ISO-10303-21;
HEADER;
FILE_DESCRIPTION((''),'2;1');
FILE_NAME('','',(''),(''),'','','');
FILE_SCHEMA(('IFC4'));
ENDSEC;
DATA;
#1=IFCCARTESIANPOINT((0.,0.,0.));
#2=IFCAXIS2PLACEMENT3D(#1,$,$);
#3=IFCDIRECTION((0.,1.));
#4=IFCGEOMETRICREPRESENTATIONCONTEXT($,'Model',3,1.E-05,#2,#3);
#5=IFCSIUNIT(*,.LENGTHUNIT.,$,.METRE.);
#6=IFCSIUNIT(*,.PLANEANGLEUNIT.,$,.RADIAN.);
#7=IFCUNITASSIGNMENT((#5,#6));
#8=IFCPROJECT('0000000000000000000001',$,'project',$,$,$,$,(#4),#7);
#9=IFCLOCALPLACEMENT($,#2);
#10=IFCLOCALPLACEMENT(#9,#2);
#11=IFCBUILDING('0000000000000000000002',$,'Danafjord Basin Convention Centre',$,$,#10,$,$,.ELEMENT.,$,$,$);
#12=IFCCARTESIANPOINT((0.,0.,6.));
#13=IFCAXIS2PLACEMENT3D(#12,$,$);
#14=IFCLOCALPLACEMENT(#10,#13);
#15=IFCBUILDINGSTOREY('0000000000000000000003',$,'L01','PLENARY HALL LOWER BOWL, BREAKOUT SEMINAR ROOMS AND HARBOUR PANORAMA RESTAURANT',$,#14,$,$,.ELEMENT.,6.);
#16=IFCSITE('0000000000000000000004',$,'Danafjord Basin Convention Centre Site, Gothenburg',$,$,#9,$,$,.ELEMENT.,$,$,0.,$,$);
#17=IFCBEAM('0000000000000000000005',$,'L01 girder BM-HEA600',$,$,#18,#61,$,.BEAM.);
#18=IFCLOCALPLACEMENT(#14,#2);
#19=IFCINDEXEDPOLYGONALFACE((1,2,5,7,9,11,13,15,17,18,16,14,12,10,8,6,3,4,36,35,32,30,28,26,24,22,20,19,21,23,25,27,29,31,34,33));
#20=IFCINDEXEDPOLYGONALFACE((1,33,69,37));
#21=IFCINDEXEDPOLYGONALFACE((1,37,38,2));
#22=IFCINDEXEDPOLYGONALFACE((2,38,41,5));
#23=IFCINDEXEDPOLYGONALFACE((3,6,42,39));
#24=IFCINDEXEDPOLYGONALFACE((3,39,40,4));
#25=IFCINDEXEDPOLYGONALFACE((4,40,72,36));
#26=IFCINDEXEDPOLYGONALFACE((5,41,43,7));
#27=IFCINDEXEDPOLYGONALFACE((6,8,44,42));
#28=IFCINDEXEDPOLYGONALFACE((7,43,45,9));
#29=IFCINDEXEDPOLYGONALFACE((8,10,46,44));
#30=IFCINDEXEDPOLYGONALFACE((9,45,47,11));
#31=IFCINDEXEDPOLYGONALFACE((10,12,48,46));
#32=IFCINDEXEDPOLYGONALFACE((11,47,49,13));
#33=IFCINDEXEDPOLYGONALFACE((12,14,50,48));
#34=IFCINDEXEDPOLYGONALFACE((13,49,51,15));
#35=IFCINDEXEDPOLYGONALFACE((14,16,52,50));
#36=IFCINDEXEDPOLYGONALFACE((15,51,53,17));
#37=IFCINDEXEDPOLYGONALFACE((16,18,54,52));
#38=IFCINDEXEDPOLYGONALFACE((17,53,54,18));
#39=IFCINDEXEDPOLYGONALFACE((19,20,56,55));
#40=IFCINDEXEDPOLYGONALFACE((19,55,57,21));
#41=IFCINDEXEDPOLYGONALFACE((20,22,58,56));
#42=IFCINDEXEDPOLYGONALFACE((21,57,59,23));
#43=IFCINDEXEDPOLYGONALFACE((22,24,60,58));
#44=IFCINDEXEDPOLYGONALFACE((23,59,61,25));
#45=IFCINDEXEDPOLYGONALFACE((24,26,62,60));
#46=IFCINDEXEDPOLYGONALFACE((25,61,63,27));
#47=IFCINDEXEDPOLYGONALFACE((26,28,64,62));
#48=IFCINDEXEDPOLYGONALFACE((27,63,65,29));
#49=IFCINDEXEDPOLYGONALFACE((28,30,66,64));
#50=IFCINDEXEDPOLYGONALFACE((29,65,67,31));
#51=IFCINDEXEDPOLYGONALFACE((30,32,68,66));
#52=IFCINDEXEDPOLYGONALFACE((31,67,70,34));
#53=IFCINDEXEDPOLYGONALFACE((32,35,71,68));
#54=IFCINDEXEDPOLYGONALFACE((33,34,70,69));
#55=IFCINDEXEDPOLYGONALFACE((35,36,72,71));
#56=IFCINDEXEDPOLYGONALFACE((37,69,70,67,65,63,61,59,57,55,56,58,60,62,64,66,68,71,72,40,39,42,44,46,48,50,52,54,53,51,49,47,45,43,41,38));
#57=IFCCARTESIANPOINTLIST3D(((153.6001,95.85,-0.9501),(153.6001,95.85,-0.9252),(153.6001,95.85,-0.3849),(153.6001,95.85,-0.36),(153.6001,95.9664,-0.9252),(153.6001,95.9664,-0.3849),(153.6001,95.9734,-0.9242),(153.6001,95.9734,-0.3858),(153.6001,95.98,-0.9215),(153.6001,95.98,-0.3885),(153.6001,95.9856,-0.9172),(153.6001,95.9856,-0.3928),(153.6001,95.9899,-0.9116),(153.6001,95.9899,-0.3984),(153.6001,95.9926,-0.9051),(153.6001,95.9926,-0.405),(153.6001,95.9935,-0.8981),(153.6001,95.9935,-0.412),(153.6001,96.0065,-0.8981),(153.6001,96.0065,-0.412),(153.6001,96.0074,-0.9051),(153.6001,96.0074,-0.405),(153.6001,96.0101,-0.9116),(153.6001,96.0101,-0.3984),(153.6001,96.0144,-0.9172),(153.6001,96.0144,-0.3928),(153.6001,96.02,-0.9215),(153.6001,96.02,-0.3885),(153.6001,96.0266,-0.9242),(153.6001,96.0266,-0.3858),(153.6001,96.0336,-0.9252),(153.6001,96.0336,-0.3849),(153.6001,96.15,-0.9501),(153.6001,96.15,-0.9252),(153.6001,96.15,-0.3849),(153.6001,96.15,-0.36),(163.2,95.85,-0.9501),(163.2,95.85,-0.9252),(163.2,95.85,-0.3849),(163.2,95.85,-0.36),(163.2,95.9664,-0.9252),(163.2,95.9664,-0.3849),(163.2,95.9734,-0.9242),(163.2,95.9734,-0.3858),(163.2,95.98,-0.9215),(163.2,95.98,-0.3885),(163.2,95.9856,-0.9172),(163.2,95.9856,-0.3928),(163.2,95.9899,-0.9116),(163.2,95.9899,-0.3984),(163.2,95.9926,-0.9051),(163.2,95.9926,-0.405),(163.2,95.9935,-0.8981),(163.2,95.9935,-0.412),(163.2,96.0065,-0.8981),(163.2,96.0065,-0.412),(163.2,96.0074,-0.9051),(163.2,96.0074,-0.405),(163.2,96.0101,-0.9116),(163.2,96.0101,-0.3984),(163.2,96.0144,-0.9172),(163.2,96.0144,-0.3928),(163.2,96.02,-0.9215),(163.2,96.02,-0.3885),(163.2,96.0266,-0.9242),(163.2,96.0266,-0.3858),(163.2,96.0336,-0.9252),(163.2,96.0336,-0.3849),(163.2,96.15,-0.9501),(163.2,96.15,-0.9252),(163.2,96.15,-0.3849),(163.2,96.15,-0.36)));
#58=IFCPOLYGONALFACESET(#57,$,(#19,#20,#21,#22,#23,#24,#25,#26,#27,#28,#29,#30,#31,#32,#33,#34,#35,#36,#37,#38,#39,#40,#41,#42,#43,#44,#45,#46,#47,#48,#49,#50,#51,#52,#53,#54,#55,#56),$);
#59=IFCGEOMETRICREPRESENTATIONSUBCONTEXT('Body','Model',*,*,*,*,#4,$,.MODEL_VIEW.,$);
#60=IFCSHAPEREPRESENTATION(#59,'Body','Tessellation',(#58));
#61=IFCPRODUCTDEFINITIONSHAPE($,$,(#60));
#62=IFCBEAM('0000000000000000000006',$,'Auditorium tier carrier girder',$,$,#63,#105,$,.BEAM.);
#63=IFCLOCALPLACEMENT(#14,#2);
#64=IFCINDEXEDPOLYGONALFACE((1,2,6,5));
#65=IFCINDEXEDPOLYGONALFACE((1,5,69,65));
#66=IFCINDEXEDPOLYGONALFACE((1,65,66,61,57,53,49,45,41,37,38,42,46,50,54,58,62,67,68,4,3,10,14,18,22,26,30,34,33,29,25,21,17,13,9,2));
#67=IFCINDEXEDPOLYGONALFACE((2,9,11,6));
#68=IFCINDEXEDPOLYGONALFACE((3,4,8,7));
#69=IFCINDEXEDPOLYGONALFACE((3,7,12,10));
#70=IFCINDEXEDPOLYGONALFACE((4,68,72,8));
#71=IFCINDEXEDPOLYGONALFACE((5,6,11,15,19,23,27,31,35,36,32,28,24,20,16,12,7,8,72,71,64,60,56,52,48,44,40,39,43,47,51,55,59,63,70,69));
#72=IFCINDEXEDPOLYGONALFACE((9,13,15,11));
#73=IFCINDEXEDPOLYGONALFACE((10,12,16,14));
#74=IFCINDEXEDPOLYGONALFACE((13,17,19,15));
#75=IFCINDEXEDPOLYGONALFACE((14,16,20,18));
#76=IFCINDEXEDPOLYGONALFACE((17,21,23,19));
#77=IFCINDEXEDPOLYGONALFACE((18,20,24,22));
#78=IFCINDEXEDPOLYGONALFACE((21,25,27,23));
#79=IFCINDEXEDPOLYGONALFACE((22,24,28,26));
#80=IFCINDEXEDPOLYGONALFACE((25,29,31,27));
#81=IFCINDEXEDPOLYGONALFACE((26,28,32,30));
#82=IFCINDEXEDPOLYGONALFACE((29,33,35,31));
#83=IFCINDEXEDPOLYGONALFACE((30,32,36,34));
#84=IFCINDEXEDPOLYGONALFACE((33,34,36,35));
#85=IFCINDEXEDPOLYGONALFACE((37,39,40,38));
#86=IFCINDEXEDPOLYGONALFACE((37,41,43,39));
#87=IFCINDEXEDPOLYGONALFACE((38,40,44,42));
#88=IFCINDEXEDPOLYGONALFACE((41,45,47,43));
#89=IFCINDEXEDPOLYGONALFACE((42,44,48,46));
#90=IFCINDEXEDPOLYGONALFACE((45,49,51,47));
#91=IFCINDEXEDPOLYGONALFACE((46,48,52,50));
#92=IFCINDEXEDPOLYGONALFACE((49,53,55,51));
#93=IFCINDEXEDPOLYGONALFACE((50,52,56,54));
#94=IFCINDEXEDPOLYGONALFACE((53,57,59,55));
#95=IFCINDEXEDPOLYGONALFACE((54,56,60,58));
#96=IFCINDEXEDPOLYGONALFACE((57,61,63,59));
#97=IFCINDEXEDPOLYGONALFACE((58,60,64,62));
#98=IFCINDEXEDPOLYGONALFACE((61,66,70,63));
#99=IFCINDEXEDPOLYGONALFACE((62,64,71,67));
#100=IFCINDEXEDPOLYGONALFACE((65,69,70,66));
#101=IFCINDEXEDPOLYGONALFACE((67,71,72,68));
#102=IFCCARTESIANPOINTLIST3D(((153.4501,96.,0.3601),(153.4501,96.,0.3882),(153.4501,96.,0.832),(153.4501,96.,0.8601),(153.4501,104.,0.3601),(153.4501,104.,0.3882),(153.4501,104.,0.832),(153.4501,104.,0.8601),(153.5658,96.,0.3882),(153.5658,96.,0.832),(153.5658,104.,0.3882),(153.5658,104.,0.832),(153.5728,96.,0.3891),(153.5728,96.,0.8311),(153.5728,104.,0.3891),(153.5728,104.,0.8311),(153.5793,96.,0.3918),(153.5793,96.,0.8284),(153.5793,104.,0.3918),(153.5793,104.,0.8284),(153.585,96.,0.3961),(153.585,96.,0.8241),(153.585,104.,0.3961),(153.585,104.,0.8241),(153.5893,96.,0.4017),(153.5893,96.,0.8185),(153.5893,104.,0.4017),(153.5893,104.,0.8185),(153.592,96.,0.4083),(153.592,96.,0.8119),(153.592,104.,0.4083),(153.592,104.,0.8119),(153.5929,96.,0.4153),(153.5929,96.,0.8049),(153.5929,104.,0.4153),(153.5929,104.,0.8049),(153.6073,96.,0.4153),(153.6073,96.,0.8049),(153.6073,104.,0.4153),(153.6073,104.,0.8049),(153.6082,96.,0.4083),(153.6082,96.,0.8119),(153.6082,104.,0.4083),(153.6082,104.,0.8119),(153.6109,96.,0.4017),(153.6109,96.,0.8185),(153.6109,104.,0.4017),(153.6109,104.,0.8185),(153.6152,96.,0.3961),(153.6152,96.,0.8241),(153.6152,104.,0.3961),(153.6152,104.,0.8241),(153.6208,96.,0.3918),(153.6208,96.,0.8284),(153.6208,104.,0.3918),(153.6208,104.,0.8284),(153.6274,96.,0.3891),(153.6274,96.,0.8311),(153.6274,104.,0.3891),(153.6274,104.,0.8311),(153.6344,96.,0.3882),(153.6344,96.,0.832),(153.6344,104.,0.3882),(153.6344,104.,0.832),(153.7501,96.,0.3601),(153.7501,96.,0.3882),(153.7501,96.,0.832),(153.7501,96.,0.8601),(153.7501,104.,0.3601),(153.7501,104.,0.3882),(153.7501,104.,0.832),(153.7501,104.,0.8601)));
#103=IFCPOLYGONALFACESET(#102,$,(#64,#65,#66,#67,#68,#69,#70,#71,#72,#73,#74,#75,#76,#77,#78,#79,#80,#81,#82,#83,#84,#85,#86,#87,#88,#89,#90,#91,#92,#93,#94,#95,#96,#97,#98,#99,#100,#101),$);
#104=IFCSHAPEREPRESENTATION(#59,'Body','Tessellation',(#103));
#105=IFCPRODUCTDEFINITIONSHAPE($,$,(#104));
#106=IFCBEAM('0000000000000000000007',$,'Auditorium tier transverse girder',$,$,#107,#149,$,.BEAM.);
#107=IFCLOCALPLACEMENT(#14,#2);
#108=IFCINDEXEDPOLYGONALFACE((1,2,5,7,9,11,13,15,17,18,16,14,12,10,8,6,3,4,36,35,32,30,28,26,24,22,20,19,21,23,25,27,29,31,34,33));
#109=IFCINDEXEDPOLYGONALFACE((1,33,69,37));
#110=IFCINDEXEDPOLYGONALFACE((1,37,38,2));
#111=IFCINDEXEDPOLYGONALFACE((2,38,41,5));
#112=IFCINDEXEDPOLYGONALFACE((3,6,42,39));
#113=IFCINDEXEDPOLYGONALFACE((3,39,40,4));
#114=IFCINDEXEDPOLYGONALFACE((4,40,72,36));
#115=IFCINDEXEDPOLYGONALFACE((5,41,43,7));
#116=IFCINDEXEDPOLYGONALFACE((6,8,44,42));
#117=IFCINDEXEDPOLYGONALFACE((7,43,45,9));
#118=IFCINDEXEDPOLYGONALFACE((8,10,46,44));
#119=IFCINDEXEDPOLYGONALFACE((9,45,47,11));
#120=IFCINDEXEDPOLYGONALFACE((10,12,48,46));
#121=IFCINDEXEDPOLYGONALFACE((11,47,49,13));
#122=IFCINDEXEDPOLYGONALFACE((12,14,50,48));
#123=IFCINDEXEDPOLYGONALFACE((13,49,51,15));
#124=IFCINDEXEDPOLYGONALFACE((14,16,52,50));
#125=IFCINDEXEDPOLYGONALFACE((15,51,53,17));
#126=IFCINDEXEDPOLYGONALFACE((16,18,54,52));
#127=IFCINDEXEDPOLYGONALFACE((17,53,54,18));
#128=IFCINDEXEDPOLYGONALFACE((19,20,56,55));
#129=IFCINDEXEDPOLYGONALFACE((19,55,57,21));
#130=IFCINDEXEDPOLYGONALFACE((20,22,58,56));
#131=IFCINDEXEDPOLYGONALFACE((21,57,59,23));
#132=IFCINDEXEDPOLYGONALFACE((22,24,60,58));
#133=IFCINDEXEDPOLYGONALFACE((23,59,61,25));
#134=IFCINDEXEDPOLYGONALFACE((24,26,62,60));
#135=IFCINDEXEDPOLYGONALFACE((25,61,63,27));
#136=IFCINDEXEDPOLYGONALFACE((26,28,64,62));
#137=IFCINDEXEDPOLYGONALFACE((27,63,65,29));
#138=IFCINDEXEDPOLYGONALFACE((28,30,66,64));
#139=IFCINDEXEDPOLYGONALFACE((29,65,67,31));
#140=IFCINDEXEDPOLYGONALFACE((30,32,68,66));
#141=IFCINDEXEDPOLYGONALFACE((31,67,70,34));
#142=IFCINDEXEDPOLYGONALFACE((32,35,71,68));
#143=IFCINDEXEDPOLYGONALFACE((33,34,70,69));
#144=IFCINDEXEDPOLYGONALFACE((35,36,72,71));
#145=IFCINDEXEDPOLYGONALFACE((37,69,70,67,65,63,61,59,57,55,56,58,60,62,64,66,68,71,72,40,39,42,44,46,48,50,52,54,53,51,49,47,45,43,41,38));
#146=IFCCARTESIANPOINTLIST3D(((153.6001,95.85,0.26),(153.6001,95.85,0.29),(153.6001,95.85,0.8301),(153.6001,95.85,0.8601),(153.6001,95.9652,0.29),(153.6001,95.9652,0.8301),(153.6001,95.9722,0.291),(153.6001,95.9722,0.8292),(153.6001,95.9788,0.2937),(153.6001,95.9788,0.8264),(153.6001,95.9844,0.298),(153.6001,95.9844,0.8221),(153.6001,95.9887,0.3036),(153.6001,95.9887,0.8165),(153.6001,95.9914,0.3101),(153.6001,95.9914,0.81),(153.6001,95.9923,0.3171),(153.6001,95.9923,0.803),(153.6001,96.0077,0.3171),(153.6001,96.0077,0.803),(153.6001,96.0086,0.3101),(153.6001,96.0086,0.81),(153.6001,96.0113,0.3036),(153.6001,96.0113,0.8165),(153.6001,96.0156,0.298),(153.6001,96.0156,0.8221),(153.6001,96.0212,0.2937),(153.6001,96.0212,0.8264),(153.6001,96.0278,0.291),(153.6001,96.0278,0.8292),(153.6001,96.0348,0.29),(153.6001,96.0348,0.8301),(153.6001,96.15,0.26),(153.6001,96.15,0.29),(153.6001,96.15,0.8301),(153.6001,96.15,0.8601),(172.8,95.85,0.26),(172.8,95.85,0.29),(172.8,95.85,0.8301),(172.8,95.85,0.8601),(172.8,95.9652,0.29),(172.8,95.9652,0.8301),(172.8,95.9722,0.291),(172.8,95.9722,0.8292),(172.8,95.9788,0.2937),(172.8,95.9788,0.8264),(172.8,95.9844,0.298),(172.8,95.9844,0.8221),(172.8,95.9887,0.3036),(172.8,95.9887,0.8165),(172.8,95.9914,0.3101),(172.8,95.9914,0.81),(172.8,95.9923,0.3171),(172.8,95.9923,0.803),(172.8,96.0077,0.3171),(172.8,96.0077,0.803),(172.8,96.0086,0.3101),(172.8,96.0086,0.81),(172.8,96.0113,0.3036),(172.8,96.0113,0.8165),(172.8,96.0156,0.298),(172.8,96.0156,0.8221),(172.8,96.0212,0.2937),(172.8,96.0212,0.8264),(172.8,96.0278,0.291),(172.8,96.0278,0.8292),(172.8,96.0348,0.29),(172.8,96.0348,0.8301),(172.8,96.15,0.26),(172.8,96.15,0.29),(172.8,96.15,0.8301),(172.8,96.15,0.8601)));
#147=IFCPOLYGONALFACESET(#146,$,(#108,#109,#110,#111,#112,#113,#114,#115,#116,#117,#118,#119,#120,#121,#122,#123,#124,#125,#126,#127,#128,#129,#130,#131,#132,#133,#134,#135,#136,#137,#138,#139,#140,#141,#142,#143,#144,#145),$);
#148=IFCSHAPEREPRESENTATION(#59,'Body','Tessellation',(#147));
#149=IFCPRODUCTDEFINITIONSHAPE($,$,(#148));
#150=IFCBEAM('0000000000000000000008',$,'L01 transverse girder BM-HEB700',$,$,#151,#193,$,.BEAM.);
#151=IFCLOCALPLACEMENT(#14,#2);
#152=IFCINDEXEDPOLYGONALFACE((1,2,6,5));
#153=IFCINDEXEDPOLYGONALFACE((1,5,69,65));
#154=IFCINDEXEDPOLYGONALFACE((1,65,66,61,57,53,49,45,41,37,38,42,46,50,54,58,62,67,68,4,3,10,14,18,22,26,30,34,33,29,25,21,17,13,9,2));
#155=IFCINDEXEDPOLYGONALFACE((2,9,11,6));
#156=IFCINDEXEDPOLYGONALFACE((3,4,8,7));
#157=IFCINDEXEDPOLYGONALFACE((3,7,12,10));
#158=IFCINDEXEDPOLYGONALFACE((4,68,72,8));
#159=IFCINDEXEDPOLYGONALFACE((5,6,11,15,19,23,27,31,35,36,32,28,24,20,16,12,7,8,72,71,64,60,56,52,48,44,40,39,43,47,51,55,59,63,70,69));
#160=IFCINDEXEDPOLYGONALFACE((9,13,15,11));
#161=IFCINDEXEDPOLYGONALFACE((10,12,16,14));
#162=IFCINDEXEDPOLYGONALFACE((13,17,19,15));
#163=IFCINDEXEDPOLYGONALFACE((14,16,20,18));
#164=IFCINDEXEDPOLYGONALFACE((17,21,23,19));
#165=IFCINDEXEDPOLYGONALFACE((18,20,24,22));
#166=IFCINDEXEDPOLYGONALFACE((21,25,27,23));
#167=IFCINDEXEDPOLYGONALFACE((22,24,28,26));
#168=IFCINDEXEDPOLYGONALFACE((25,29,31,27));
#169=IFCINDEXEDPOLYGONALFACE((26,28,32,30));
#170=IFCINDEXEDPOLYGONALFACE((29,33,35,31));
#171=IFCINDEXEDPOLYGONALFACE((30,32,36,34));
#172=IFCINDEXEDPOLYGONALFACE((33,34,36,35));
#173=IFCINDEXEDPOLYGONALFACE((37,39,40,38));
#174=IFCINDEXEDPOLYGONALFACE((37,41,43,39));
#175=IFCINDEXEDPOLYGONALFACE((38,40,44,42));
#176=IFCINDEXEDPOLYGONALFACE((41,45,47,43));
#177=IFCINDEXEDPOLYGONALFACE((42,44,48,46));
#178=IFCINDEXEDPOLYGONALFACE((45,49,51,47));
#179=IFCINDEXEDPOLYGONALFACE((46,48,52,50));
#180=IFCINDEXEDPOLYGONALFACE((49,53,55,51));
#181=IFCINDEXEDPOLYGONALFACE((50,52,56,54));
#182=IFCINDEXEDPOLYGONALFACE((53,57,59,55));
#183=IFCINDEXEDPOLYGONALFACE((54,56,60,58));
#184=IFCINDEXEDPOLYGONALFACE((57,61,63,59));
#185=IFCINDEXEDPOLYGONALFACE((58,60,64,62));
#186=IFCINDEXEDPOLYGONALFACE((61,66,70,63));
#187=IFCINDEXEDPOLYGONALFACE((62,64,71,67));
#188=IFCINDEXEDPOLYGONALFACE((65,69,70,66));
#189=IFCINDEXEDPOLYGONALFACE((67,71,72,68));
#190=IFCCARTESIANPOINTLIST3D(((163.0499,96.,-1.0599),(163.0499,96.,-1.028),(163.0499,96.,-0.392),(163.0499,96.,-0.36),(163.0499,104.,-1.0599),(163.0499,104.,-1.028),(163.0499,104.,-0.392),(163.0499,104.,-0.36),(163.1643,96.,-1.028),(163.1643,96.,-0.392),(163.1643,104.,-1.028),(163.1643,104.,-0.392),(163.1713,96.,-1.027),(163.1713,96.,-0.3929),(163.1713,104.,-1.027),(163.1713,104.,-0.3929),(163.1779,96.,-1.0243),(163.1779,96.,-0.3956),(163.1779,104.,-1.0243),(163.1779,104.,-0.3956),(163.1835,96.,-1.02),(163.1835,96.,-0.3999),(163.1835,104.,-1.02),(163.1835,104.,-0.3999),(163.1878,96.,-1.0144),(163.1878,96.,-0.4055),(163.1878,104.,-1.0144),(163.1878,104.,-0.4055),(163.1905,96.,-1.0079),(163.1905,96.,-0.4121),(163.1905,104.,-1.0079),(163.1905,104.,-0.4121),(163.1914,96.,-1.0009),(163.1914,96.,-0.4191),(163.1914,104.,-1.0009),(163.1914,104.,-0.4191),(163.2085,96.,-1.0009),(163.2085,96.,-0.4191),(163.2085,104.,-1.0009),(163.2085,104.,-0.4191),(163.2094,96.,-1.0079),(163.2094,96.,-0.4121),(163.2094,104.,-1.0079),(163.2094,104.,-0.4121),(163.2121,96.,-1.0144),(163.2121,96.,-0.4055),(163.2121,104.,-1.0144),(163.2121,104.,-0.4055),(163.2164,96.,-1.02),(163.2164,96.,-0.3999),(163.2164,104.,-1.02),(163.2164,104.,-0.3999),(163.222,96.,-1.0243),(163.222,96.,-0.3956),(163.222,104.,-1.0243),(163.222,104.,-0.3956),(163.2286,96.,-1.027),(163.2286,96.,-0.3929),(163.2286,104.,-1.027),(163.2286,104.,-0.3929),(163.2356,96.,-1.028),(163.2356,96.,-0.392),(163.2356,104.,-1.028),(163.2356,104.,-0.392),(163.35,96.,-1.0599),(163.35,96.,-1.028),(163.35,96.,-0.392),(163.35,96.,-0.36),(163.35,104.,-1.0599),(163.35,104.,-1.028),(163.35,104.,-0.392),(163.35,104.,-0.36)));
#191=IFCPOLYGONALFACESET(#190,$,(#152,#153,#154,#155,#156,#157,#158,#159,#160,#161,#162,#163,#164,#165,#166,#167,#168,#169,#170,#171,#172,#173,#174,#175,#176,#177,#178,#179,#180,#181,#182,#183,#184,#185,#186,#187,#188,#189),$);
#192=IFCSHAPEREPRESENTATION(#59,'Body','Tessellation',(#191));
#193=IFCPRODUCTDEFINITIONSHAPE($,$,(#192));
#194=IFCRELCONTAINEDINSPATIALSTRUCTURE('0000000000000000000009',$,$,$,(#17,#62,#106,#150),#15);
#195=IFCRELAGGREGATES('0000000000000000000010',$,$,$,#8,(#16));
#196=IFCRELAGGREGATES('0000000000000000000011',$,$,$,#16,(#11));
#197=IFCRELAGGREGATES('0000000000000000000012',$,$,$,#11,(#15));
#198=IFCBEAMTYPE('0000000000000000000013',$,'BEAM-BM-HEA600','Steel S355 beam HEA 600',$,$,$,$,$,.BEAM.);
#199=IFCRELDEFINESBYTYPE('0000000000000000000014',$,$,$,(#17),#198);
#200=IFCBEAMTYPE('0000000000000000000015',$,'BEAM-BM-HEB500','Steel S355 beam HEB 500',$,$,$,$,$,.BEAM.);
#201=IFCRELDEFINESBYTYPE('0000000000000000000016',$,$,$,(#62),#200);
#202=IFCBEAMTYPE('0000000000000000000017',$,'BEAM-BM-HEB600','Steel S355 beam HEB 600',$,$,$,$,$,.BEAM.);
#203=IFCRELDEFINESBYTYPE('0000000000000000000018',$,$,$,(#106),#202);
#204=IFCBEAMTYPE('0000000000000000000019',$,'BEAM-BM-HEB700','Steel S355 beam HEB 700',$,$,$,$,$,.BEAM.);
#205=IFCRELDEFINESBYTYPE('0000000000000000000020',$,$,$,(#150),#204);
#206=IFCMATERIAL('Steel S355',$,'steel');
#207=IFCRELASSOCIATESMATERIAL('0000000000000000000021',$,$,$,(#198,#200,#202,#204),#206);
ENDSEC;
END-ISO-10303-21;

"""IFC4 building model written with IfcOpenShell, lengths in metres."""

from ifc_helpers import new_model, si_unit, direction, frame, origin, origin_2d, place, context, subcontext, project, spatial, i_section, extrude, material, material_profile, profile_set, type_object, element, save


model = new_model("IFC4")

# Units and contexts
model_context = context("Model", 3, precision=1e-05, world=origin(), true_north=direction((0.0, 1.0)))
body_context = subcontext(model_context, "Body", "Model", "MODEL_VIEW")
ifc_project = project(units=[si_unit("LENGTHUNIT", "METRE"), si_unit("PLANEANGLEUNIT", "RADIAN")], contexts=[model_context])

# Site, building, storey
site_placement = place(None, origin())
site = spatial("IfcSite", under=ifc_project, at=site_placement, Name="Danafjord Basin Convention Centre Site, Gothenburg", CompositionType="ELEMENT", RefElevation=0.0)
building_placement = place(site_placement, origin())
building = spatial("IfcBuilding", under=site, at=building_placement, Name="Danafjord Basin Convention Centre", CompositionType="ELEMENT")
storey_placement = place(building_placement, frame((0.0, 0.0, 6.0)))
storey = spatial("IfcBuildingStorey", under=building, at=storey_placement, Name="L01", Description="PLENARY HALL LOWER BOWL, BREAKOUT SEMINAR ROOMS AND HARBOUR PANORAMA RESTAURANT", CompositionType="ELEMENT", Elevation=6.0)

# Shared definitions
ifc_material_1 = material(Name="Steel S355", Category="steel")

# Beams
ifc_material_profile_1 = material_profile(ifc_material_1, i_section(OverallWidth=0.3, OverallDepth=0.5901, WebThickness=0.0129, FlangeThickness=0.0249, FilletRadius=0.0271, at=origin_2d()), Name="HEA 600")
ifc_profile_set_1 = profile_set([ifc_material_profile_1], Name="Steel S355")
beam_type_1 = type_object("IfcBeamType", Name="BEAM-BM-HEA600", Description="Steel S355 beam HEA 600", PredefinedType="BEAM", material=ifc_profile_set_1)
beam_1_placement = place(storey_placement, frame((153.6001, 96.0, -0.655), z_axis=(1.0, 0.0, 0.0), x_axis=(0.0, 1.0, 0.0)))
element("IfcBeam", 1, at=beam_1_placement, inside=storey, type_object=beam_type_1, Name="L01 girder BM-HEA600", PredefinedType="BEAM", context=body_context, shape_type="SweptSolid", body=[
    extrude(i_section(OverallWidth=0.3, OverallDepth=0.5901, WebThickness=0.0129, FlangeThickness=0.0249, FilletRadius=0.0271, at=origin_2d()), origin(), (0.0, 0.0, 1.0), 9.5999),
])
ifc_material_profile_2 = material_profile(ifc_material_1, i_section(OverallWidth=0.3, OverallDepth=0.5, WebThickness=0.0144, FlangeThickness=0.0281, FilletRadius=0.0271, at=origin_2d()), Name="HEB 500")
ifc_profile_set_2 = profile_set([ifc_material_profile_2], Name="Steel S355")
beam_type_2 = type_object("IfcBeamType", Name="BEAM-BM-HEB500", Description="Steel S355 beam HEB 500", PredefinedType="BEAM", material=ifc_profile_set_2)
beam_2_placement = place(storey_placement, frame((153.6001, 96.0, 0.6101), z_axis=(0.0, 1.0, 0.0), x_axis=(-1.0, 0.0, 0.0)))
element("IfcBeam", 2, at=beam_2_placement, inside=storey, type_object=beam_type_2, Name="Auditorium tier carrier girder", PredefinedType="BEAM", context=body_context, shape_type="SweptSolid", body=[
    extrude(i_section(OverallWidth=0.3, OverallDepth=0.5, WebThickness=0.0144, FlangeThickness=0.0281, FilletRadius=0.0271, at=origin_2d()), origin(), (0.0, 0.0, 1.0), 8.0),
])
ifc_material_profile_3 = material_profile(ifc_material_1, i_section(OverallWidth=0.3, OverallDepth=0.6001, WebThickness=0.0154, FlangeThickness=0.03, FilletRadius=0.0271, at=origin_2d()), Name="HEB 600")
ifc_profile_set_3 = profile_set([ifc_material_profile_3], Name="Steel S355")
beam_type_3 = type_object("IfcBeamType", Name="BEAM-BM-HEB600", Description="Steel S355 beam HEB 600", PredefinedType="BEAM", material=ifc_profile_set_3)
beam_3_placement = place(storey_placement, frame((153.6001, 96.0, 0.5601), z_axis=(1.0, 0.0, 0.0), x_axis=(0.0, 1.0, 0.0)))
element("IfcBeam", 3, at=beam_3_placement, inside=storey, type_object=beam_type_3, Name="Auditorium tier transverse girder", PredefinedType="BEAM", context=body_context, shape_type="SweptSolid", body=[
    extrude(i_section(OverallWidth=0.3, OverallDepth=0.6001, WebThickness=0.0154, FlangeThickness=0.03, FilletRadius=0.0271, at=origin_2d()), origin(), (0.0, 0.0, 1.0), 19.2),
])
ifc_material_profile_4 = material_profile(ifc_material_1, i_section(OverallWidth=0.3, OverallDepth=0.7, WebThickness=0.0171, FlangeThickness=0.032, FilletRadius=0.0271, at=origin_2d()), Name="HEB 700")
ifc_profile_set_4 = profile_set([ifc_material_profile_4], Name="Steel S355")
beam_type_4 = type_object("IfcBeamType", Name="BEAM-BM-HEB700", Description="Steel S355 beam HEB 700", PredefinedType="BEAM", material=ifc_profile_set_4)
beam_4_placement = place(storey_placement, frame((163.2, 96.0, -0.71), z_axis=(0.0, 1.0, 0.0), x_axis=(-1.0, 0.0, 0.0)))
element("IfcBeam", 4, at=beam_4_placement, inside=storey, type_object=beam_type_4, Name="L01 transverse girder BM-HEB700", PredefinedType="BEAM", context=body_context, shape_type="SweptSolid", body=[
    extrude(i_section(OverallWidth=0.3, OverallDepth=0.7, WebThickness=0.0171, FlangeThickness=0.032, FilletRadius=0.0271, at=origin_2d()), origin(), (0.0, 0.0, 1.0), 8.0),
])

save(model, "model.ifc")
